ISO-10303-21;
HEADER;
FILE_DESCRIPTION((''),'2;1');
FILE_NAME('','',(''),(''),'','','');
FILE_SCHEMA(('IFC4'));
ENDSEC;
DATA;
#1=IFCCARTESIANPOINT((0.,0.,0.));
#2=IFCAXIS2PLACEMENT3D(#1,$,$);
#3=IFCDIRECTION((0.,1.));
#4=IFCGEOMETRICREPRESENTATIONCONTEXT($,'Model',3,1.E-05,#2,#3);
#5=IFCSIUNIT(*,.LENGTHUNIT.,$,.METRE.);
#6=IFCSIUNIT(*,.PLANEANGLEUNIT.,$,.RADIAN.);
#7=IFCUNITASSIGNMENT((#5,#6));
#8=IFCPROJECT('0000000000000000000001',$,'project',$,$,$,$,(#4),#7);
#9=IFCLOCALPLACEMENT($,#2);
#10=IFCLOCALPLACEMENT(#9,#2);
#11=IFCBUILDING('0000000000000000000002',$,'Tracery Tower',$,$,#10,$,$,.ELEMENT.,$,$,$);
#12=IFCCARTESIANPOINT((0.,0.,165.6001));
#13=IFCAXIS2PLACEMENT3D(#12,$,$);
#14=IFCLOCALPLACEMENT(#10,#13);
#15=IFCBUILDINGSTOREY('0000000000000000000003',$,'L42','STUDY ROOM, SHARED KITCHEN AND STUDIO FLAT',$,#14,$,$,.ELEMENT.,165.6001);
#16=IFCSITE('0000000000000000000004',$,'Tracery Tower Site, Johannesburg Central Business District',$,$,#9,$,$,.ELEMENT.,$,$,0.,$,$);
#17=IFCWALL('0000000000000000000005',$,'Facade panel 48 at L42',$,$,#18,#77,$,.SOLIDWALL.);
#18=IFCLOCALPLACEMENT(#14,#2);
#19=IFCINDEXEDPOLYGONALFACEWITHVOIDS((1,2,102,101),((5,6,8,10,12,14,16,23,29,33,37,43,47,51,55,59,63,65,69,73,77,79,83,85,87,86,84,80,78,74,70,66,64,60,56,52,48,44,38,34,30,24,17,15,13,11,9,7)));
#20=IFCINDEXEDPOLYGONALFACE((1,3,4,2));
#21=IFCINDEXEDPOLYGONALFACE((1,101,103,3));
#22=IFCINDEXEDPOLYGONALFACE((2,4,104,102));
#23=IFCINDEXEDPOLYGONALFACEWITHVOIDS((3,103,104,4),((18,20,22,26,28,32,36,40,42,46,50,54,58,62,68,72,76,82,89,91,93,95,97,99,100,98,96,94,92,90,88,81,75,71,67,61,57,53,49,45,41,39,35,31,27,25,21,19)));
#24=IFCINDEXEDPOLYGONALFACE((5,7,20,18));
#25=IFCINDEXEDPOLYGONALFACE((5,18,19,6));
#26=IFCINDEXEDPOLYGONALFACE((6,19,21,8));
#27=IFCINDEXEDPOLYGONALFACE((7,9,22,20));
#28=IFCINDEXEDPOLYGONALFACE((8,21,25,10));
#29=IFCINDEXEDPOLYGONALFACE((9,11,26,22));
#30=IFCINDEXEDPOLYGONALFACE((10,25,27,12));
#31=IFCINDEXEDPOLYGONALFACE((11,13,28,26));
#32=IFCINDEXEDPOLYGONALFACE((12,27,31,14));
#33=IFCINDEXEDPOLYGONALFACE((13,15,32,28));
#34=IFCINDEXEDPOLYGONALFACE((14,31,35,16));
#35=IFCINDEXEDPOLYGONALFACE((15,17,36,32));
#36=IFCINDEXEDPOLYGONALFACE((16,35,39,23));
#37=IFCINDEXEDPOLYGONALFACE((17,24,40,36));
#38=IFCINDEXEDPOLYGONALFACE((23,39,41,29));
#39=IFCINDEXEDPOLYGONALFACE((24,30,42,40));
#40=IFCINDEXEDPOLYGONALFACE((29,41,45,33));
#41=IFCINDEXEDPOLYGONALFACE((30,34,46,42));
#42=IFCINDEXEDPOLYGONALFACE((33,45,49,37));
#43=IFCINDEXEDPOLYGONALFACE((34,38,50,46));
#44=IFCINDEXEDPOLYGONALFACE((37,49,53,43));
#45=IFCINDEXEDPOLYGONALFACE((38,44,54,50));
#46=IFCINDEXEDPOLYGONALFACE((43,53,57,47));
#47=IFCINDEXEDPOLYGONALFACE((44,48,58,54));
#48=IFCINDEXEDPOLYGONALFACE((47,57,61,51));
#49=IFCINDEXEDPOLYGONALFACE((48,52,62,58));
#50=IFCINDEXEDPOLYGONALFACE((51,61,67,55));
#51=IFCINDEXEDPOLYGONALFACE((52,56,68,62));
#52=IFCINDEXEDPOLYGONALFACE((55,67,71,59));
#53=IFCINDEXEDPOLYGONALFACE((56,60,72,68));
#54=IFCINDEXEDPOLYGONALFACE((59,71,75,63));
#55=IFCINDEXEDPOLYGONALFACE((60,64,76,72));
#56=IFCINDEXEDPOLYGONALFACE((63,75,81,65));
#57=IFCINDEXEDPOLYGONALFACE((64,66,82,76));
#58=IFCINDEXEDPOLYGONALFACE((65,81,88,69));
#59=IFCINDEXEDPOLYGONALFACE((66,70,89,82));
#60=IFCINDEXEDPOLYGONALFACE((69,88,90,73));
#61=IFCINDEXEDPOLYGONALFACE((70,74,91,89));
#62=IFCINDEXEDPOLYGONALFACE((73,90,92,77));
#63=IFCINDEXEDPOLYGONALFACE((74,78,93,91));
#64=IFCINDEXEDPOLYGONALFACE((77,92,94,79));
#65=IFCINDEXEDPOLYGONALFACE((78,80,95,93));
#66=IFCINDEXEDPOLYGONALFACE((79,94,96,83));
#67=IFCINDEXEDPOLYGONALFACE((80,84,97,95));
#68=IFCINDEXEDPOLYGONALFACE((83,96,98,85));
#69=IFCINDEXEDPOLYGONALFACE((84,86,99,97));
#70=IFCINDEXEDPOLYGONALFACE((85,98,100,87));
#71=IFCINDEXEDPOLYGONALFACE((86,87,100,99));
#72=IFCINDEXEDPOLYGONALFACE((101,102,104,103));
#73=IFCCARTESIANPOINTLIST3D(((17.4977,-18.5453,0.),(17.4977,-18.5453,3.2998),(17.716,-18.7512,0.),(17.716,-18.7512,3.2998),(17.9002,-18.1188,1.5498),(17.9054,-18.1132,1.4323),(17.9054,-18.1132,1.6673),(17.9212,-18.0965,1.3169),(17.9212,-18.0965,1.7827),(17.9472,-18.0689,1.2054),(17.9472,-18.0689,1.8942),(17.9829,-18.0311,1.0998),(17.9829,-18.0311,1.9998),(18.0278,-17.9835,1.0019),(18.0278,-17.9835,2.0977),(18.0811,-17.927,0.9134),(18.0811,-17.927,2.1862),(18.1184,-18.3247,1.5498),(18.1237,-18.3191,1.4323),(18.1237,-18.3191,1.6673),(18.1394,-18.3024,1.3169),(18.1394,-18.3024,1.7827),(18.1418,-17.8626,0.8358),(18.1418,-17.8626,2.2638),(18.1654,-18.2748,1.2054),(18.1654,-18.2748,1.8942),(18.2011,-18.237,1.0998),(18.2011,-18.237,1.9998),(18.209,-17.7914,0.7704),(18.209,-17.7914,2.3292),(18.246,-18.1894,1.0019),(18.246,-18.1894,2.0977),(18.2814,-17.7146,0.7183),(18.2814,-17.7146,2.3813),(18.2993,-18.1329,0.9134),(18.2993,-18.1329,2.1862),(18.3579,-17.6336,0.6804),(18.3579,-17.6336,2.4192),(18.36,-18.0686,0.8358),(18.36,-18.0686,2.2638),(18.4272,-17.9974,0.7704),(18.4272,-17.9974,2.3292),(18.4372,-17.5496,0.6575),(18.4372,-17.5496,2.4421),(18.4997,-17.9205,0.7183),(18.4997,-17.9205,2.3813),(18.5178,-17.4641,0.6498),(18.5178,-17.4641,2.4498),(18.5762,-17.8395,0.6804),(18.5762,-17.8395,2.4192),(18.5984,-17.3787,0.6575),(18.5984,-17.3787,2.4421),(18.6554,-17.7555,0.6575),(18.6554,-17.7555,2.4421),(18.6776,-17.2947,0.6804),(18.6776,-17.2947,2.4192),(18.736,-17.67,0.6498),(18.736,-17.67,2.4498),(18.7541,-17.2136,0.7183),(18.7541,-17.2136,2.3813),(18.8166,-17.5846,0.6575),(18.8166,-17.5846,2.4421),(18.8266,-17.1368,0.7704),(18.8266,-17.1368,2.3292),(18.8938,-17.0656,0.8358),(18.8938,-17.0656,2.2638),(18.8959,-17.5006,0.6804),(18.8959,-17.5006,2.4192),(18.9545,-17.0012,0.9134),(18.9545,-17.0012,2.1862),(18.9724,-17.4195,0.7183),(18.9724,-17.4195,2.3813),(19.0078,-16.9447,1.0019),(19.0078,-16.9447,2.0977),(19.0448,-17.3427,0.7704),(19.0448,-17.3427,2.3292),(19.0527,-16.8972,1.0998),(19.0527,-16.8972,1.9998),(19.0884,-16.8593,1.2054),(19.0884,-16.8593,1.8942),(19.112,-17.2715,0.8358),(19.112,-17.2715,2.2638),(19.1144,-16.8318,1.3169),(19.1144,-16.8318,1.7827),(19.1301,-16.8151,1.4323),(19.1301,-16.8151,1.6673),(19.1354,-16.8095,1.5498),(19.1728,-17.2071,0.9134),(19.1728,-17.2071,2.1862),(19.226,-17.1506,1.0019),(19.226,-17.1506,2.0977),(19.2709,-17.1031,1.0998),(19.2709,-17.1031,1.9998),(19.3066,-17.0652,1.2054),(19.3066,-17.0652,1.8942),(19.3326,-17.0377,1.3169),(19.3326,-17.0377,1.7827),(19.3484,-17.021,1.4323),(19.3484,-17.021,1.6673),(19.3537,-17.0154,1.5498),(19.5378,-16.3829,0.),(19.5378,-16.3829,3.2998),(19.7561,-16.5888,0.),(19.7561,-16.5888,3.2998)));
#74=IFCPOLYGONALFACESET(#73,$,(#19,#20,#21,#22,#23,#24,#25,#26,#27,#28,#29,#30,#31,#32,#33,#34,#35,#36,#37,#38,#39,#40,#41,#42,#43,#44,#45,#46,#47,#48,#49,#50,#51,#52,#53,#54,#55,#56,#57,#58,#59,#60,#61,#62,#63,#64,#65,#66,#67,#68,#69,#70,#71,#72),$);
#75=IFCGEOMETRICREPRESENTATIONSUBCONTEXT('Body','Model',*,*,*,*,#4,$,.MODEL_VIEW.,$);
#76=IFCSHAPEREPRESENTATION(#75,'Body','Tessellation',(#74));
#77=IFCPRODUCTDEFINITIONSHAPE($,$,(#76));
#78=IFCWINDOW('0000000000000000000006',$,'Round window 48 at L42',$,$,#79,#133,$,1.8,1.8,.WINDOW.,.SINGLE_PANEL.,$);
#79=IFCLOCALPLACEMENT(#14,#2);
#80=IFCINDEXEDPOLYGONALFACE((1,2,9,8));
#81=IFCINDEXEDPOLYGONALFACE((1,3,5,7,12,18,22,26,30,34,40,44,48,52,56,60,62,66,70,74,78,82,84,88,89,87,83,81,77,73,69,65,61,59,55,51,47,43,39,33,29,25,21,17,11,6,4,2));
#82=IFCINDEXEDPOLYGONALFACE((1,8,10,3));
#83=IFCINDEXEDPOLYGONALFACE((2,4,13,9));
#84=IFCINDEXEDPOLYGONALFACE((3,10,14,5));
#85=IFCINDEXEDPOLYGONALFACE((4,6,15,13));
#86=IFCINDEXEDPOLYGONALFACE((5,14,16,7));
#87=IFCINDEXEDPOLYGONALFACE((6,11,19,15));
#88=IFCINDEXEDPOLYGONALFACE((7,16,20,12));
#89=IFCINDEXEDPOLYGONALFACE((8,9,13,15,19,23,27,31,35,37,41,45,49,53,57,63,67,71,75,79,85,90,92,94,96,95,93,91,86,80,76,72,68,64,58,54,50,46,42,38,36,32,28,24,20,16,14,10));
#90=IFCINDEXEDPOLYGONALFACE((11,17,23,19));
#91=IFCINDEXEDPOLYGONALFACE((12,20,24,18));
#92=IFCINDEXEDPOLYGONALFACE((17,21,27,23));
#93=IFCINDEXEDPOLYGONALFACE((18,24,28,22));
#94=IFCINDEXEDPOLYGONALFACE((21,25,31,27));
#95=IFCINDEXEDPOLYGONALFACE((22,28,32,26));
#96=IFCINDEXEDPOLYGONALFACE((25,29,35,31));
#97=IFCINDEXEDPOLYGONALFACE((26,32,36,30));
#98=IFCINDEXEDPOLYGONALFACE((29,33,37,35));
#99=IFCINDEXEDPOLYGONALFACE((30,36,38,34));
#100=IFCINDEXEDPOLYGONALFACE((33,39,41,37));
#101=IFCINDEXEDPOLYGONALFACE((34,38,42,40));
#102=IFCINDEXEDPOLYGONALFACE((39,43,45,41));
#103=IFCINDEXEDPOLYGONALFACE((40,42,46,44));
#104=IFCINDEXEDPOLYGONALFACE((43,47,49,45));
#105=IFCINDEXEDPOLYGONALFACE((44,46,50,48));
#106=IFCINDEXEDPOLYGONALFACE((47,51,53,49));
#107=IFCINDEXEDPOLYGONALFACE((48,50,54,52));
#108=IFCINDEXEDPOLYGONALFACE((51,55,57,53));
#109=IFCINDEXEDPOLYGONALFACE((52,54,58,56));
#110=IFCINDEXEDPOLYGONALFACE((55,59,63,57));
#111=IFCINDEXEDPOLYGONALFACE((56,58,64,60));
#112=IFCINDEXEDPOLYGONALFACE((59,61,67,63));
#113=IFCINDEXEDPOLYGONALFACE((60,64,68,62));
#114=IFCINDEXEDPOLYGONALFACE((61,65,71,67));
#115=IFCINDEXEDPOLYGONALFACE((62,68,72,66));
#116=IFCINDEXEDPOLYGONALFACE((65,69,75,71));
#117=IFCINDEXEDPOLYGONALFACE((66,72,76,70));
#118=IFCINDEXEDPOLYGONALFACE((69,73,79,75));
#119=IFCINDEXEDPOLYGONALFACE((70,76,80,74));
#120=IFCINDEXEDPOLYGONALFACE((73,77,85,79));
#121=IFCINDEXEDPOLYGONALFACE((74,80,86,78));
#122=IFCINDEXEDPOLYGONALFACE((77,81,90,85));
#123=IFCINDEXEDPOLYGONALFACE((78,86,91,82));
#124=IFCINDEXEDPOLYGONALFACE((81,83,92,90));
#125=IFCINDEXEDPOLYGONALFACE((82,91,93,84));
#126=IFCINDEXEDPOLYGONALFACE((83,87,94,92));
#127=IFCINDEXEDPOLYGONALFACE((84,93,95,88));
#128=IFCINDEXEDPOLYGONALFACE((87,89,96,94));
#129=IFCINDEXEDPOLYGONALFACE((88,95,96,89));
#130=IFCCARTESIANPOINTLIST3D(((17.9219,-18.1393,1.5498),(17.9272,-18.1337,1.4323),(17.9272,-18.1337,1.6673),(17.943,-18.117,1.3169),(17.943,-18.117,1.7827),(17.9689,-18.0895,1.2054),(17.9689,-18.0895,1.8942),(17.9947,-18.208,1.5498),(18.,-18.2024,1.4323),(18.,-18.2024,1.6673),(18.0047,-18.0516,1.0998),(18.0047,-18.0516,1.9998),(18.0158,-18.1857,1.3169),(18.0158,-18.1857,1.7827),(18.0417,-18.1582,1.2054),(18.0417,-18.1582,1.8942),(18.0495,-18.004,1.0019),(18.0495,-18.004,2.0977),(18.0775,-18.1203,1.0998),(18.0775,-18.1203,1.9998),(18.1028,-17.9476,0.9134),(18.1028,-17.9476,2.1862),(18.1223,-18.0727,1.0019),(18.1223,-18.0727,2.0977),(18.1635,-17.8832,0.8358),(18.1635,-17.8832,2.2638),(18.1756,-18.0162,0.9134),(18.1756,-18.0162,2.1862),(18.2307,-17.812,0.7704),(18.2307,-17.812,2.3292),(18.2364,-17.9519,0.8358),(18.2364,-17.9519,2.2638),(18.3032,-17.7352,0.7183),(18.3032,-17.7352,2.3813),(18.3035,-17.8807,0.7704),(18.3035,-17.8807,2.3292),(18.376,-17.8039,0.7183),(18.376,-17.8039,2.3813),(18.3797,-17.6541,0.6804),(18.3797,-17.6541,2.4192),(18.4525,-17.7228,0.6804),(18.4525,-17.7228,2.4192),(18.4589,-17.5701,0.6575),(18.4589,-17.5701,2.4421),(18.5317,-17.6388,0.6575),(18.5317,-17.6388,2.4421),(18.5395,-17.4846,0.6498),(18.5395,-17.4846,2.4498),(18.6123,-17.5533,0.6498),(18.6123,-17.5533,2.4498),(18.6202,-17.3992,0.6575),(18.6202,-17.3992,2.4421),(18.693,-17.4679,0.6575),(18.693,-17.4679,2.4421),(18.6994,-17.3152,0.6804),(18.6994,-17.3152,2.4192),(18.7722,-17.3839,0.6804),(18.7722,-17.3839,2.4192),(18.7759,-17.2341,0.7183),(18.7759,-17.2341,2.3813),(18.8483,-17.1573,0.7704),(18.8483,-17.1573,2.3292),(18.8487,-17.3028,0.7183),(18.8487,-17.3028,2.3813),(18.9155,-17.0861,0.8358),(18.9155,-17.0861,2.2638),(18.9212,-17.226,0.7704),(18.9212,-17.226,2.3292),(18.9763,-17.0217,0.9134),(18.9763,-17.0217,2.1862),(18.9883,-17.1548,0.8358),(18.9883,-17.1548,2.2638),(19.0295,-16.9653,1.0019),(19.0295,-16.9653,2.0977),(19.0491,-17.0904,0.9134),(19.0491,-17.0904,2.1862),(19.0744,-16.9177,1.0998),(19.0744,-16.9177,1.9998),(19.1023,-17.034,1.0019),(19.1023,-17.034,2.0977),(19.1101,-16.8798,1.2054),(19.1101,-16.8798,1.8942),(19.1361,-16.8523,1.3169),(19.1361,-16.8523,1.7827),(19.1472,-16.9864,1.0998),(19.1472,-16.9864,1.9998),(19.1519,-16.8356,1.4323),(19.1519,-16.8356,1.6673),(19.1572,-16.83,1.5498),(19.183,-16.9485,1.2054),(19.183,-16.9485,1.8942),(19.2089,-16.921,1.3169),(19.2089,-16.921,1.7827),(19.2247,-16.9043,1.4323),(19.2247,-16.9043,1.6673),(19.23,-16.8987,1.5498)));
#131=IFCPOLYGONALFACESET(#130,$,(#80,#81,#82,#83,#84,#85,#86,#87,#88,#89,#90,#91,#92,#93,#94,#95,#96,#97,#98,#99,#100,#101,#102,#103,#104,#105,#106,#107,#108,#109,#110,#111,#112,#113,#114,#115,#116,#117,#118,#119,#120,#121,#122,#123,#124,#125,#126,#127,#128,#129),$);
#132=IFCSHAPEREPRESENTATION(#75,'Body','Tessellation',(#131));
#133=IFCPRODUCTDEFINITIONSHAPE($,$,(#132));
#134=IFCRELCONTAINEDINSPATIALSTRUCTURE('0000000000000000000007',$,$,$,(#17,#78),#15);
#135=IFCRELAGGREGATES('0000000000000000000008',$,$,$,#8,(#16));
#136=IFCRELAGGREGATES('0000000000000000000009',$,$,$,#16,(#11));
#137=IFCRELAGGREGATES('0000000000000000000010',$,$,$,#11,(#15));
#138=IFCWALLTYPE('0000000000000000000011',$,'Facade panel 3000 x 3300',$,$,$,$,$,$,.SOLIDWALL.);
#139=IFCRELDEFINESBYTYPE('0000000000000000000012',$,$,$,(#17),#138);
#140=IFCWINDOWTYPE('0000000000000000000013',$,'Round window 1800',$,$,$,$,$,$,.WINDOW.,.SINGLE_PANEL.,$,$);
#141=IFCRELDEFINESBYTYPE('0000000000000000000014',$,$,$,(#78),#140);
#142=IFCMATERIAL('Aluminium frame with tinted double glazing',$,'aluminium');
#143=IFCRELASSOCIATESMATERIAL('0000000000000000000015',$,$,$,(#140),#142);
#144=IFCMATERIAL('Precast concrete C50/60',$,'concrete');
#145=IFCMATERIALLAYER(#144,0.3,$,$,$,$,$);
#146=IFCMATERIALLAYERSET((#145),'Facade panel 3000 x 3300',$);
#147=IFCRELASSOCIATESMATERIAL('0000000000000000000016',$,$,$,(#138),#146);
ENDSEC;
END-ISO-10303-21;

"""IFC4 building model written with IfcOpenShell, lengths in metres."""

from ifc_helpers import new_model, si_unit, direction, frame, frame_2d, origin, origin_2d, place, context, subcontext, project, spatial, rectangle, circle, extrude, material, layer, layer_set, type_object, element, fill, save


model = new_model("IFC4")

# Units and contexts
model_context = context("Model", 3, precision=1e-05, world=origin(), true_north=direction((0.0, 1.0)))
body_context = subcontext(model_context, "Body", "Model", "MODEL_VIEW")
ifc_project = project(units=[si_unit("LENGTHUNIT", "METRE"), si_unit("PLANEANGLEUNIT", "RADIAN")], contexts=[model_context])

# Site, building, storey
site_placement = place(None, origin())
site = spatial("IfcSite", under=ifc_project, at=site_placement, Name="Tracery Tower Site, Johannesburg Central Business District", CompositionType="ELEMENT", RefElevation=0.0)
building_placement = place(site_placement, origin())
building = spatial("IfcBuilding", under=site, at=building_placement, Name="Tracery Tower", CompositionType="ELEMENT")
storey_placement = place(building_placement, frame((0.0, 0.0, 165.6001)))
storey = spatial("IfcBuildingStorey", under=building, at=storey_placement, Name="L42", Description="STUDY ROOM, SHARED KITCHEN AND STUDIO FLAT", CompositionType="ELEMENT", Elevation=165.6001)

# Wall, opening, window
ifc_material_1 = material(Name="Aluminium frame with tinted double glazing", Category="aluminium")
window_type = type_object("IfcWindowType", Name="Round window 1800", PartitioningType="SINGLE_PANEL", PredefinedType="WINDOW", material=ifc_material_1)
ifc_material_2 = material(Name="Precast concrete C50/60", Category="concrete")
ifc_layer_1 = layer(ifc_material_2, 0.3)
ifc_layer_set_1 = layer_set([ifc_layer_1], Name="Facade panel 3000 x 3300")
wall_type_1 = type_object("IfcWallType", Name="Facade panel 3000 x 3300", PredefinedType="SOLIDWALL", material=ifc_layer_set_1)
wall_1_placement = place(storey_placement, frame((17.6069, -18.6482, 0.0), z_axis=(0.0, 0.0, 1.0), x_axis=(0.686235, 0.72738, 0.0)))
wall_1 = element("IfcWall", 1, at=wall_1_placement, inside=storey, type_object=wall_type_1, Name="Facade panel 48 at L42", PredefinedType="SOLIDWALL", context=body_context, shape_type="SweptSolid", body=[
    extrude(rectangle(XDim=2.9729, YDim=0.3, at=frame_2d((1.4863, 0.0))), origin(), (0.0, 0.0, 1.0), 3.2998),
])
opening_1_placement = place(wall_1_placement, frame((1.4863, 0.0, 1.5498)))
opening_1 = element("IfcOpeningElement", 2, at=opening_1_placement, cuts=wall_1, PredefinedType="OPENING", context=body_context, shape_type="SweptSolid", body=[
    extrude(circle(Radius=0.9, at=origin_2d()), frame((0.0, 0.1599, 0.0), z_axis=(0.0, -1.0, 0.0), x_axis=(1.0, 0.0, 0.0)), (0.0, 0.0, 1.0), 0.3201),
])
window_1_placement = place(opening_1_placement, origin())
window_1 = element("IfcWindow", 3, at=window_1_placement, inside=storey, type_object=window_type, Name="Round window 48 at L42", OverallHeight=1.8, OverallWidth=1.8, PartitioningType="SINGLE_PANEL", PredefinedType="WINDOW", context=body_context, shape_type="SweptSolid", body=[
    extrude(circle(Radius=0.9, at=origin_2d()), frame((0.0, 0.1201, 0.0), z_axis=(0.0, -1.0, 0.0), x_axis=(1.0, 0.0, 0.0)), (0.0, 0.0, 1.0), 0.1001),
])
fill(opening_1, window_1)

save(model, "model.ifc")
